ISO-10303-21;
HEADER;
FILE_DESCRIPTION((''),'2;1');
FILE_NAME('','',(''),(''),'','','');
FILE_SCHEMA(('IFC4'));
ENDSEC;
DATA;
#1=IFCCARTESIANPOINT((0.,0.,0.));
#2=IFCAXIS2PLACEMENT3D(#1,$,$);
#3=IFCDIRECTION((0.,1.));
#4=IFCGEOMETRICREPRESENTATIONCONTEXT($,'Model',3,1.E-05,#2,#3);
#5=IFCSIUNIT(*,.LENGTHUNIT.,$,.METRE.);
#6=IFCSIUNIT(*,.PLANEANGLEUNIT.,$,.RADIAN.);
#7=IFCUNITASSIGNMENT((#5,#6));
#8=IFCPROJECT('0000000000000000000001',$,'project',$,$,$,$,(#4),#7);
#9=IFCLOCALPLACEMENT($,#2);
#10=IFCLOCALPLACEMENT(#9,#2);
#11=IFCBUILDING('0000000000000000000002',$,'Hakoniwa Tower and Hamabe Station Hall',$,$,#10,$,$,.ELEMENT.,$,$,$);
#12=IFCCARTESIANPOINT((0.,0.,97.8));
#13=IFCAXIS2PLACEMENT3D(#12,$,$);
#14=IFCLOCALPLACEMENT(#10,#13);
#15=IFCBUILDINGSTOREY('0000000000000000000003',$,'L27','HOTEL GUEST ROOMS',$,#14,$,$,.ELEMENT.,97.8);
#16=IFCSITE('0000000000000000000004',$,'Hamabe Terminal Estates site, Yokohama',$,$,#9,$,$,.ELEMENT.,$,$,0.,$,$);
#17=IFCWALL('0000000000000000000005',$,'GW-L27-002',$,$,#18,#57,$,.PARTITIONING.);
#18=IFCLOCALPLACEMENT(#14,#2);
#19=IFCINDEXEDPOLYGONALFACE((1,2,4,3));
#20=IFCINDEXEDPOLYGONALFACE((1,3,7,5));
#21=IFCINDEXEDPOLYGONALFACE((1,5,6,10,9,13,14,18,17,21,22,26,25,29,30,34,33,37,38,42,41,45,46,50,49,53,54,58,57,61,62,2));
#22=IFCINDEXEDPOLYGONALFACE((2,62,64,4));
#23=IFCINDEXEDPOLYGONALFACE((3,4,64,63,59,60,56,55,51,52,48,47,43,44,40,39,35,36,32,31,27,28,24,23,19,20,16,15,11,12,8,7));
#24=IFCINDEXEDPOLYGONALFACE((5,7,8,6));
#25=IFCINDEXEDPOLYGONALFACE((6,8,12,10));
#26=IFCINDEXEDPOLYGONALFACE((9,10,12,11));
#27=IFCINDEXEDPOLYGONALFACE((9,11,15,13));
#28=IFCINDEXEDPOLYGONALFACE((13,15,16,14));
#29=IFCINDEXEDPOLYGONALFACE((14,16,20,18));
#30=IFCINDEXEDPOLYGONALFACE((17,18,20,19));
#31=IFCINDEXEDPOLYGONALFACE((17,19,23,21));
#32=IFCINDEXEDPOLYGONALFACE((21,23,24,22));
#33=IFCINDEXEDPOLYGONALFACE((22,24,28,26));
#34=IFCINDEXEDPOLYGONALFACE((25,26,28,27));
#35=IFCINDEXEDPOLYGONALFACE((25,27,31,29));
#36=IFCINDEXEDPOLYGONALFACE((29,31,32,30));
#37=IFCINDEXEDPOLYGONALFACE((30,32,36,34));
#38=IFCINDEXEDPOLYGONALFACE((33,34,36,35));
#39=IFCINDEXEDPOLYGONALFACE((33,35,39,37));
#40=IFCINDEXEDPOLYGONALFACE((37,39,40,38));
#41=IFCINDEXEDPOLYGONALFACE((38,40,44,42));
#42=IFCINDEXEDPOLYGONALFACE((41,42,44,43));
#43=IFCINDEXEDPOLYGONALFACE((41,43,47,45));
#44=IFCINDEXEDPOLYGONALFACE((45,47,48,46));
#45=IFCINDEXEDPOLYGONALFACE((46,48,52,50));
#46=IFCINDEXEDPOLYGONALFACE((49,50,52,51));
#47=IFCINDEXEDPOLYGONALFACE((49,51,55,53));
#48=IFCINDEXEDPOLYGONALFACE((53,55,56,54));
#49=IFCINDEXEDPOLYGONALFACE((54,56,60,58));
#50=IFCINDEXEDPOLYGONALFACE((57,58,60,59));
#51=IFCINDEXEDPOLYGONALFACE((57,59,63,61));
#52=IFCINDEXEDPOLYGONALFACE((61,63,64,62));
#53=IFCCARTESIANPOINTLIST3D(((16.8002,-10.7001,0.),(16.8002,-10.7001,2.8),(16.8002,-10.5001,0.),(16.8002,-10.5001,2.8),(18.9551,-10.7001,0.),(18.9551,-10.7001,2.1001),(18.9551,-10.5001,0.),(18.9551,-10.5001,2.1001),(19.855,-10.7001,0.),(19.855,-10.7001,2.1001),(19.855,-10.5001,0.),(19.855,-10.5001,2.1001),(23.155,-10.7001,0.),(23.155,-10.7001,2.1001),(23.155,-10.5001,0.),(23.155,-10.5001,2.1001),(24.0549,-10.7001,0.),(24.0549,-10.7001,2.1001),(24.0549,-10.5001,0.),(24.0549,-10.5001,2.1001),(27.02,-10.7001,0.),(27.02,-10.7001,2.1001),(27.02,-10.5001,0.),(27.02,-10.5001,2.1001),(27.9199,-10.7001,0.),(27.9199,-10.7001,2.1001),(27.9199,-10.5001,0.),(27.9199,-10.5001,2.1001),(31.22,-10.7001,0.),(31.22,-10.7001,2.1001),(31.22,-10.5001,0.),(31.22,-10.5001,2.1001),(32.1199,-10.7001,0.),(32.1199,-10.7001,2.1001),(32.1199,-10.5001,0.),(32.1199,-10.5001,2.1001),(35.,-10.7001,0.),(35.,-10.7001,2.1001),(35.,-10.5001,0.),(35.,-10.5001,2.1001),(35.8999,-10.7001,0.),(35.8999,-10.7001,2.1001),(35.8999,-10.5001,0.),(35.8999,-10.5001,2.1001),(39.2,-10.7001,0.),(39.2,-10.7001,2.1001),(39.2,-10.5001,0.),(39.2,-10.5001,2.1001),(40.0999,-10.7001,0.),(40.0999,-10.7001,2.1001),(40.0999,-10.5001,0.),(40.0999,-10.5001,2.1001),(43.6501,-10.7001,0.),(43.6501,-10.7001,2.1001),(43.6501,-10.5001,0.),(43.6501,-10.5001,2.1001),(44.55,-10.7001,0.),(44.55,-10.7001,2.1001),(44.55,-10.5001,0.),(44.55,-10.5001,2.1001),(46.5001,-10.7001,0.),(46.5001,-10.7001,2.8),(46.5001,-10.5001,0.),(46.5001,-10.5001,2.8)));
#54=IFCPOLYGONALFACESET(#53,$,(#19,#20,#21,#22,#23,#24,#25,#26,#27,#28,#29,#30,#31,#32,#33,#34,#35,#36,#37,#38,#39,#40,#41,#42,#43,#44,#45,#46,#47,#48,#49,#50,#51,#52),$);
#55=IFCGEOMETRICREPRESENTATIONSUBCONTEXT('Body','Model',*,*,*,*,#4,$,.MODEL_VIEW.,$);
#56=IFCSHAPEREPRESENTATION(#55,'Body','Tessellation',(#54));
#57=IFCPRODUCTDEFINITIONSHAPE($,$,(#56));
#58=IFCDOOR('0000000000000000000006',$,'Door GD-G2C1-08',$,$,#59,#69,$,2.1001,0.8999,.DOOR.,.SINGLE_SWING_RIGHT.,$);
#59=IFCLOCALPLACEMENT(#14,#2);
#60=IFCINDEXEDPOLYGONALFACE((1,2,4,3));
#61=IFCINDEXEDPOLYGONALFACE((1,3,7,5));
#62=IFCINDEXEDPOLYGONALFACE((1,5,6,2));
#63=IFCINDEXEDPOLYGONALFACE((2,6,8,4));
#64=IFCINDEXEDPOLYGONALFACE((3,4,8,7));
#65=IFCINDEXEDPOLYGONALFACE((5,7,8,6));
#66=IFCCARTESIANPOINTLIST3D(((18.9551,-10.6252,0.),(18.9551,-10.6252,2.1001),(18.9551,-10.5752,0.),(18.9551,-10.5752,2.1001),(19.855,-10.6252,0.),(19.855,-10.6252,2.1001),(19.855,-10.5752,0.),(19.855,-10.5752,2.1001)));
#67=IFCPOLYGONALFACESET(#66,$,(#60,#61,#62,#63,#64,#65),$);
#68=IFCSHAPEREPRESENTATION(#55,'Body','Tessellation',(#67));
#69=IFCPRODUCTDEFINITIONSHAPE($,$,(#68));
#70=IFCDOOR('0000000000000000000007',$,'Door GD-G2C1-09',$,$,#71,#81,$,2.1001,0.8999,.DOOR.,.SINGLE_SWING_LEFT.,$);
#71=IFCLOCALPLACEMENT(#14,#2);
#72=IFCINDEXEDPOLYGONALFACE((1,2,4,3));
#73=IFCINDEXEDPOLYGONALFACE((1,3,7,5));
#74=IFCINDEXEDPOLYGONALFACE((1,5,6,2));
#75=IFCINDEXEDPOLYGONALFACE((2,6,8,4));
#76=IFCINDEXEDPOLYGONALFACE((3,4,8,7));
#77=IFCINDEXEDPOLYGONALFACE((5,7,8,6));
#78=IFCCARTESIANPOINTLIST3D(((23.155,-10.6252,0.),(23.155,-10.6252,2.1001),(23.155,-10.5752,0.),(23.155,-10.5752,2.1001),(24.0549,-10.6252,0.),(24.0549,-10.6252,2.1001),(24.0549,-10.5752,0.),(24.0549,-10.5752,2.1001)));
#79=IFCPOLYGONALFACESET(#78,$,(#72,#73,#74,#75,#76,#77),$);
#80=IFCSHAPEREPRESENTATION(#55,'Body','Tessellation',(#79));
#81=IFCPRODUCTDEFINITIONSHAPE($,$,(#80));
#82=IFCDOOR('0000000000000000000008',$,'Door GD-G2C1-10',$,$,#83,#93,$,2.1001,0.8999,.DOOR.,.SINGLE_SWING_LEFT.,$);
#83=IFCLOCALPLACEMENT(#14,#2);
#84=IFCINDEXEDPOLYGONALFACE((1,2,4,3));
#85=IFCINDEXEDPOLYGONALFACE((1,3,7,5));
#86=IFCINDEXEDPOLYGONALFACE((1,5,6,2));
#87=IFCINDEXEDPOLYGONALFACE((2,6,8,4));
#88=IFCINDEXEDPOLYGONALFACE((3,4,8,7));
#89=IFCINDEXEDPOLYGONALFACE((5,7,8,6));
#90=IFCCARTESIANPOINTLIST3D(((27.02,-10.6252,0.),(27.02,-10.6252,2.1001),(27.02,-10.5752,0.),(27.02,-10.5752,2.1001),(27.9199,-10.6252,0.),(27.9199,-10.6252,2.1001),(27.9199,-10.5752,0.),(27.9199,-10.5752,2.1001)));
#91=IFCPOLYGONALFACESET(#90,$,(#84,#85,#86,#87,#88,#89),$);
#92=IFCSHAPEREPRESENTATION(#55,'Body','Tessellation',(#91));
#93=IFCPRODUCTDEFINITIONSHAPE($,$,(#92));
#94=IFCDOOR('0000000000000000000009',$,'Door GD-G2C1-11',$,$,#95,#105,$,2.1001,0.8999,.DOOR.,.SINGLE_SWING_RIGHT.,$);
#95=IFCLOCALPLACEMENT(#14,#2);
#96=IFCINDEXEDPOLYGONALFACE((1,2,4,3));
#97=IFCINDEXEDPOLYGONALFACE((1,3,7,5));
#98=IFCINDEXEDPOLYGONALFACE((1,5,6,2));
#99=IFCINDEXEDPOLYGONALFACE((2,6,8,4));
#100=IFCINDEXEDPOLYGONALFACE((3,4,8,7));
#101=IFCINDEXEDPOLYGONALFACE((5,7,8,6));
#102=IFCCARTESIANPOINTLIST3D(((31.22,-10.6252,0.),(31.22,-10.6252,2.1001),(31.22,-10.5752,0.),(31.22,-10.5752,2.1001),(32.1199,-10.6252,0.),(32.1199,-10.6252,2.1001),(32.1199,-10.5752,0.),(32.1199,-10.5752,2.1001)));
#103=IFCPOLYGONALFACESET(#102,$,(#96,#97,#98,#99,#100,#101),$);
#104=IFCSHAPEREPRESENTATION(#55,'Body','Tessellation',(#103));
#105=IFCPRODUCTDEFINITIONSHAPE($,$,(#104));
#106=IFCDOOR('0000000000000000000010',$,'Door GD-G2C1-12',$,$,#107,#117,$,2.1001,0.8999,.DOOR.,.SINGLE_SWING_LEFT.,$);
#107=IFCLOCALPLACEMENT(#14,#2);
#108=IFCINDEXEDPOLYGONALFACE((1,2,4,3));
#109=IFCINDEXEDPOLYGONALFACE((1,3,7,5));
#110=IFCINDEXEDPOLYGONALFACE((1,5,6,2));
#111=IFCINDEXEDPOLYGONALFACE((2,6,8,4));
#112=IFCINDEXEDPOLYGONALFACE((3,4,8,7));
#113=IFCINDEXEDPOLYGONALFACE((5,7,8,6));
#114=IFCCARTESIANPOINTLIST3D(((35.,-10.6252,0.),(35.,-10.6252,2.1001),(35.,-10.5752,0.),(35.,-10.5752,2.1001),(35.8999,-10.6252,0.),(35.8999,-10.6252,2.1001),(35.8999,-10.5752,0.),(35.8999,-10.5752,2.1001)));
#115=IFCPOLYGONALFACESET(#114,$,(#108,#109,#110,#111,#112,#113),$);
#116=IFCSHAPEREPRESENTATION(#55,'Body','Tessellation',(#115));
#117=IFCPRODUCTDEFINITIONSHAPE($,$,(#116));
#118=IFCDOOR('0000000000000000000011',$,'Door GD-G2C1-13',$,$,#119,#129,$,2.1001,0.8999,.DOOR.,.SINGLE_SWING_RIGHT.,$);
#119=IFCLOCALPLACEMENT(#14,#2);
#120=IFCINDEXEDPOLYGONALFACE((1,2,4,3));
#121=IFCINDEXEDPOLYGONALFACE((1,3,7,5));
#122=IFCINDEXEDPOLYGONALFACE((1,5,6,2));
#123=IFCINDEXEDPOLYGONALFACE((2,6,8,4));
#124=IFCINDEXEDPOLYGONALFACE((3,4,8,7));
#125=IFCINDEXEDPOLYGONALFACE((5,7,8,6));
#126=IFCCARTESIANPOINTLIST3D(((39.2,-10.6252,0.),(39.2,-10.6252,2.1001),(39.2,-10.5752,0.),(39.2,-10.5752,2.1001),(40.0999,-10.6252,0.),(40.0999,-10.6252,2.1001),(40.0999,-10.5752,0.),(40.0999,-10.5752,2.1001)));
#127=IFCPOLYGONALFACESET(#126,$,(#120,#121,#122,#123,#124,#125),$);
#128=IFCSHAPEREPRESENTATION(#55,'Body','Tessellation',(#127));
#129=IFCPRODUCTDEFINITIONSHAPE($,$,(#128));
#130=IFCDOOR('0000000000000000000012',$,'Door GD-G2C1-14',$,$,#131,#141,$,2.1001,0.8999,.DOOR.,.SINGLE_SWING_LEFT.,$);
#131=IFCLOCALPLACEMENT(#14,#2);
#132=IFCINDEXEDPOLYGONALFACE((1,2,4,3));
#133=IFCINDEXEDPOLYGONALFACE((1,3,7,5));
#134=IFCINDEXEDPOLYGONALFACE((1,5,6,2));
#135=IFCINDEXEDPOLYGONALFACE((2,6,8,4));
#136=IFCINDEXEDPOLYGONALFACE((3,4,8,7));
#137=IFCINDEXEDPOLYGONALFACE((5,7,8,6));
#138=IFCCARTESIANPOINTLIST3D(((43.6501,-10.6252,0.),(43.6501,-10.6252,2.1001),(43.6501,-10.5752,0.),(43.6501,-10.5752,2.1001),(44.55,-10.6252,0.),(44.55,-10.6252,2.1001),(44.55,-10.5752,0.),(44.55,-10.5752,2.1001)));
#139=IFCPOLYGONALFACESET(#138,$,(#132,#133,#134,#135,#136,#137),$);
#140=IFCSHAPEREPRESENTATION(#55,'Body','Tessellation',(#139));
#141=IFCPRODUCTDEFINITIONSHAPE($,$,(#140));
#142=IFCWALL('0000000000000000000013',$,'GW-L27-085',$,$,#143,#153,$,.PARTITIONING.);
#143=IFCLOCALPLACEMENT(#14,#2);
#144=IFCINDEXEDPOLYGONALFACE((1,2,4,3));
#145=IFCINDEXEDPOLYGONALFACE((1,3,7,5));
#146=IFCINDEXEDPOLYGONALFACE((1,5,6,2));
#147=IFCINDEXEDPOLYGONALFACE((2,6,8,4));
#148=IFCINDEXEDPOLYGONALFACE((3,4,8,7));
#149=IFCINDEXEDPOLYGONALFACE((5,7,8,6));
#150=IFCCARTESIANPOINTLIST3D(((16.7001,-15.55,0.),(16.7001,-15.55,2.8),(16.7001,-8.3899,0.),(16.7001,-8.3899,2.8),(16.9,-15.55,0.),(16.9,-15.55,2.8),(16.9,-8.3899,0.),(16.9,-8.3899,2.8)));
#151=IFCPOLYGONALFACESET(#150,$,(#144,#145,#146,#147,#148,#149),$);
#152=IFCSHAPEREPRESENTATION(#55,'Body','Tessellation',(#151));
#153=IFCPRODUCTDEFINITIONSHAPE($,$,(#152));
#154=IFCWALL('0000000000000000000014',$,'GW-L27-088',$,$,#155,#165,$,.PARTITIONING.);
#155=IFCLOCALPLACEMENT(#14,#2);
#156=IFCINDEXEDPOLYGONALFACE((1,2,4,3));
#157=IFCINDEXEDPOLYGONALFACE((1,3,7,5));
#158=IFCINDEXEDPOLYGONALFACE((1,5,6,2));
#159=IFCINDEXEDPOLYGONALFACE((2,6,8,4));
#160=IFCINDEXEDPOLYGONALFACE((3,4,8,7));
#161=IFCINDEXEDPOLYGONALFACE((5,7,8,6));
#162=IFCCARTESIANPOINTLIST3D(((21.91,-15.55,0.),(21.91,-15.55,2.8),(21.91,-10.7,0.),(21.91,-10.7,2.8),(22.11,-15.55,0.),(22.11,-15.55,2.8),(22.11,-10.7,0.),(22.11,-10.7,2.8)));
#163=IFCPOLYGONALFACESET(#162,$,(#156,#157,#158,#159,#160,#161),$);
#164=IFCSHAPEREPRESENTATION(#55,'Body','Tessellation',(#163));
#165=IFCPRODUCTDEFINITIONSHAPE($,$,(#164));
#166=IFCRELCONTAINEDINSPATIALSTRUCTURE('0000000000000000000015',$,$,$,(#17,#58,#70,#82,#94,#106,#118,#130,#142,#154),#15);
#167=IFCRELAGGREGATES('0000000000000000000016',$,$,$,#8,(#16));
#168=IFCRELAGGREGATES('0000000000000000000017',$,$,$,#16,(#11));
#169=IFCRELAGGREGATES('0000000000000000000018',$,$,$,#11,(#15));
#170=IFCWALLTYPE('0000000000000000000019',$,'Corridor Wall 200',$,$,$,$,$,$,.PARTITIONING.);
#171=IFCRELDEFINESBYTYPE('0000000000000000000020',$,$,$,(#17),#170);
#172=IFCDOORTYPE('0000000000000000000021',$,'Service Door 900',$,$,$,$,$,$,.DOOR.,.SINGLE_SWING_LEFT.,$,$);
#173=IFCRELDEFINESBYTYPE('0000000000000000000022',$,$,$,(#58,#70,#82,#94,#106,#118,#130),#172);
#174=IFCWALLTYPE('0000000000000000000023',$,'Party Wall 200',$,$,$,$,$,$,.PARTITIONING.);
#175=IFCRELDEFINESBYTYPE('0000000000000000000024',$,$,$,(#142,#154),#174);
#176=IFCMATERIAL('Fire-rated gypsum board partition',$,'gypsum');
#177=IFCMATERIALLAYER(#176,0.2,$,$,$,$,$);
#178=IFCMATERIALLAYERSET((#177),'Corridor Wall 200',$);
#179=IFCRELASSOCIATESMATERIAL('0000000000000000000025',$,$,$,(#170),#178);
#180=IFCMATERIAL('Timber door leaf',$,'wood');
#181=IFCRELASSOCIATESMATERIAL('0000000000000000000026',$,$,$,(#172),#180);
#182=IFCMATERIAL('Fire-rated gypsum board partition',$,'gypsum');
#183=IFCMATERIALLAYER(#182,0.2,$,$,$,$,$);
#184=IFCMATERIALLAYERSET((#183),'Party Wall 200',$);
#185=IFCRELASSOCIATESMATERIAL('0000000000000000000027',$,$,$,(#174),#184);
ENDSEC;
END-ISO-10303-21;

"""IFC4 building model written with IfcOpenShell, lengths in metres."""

from ifc_helpers import new_model, si_unit, direction, frame, frame_2d, origin, place, context, subcontext, project, spatial, rectangle, extrude, material, layer, layer_set, type_object, element, fill, save


model = new_model("IFC4")

# Units and contexts
model_context = context("Model", 3, precision=1e-05, world=origin(), true_north=direction((0.0, 1.0)))
body_context = subcontext(model_context, "Body", "Model", "MODEL_VIEW")
ifc_project = project(units=[si_unit("LENGTHUNIT", "METRE"), si_unit("PLANEANGLEUNIT", "RADIAN")], contexts=[model_context])

# Site, building, storey
site_placement = place(None, origin())
site = spatial("IfcSite", under=ifc_project, at=site_placement, Name="Hamabe Terminal Estates site, Yokohama", CompositionType="ELEMENT", RefElevation=0.0)
building_placement = place(site_placement, origin())
building = spatial("IfcBuilding", under=site, at=building_placement, Name="Hakoniwa Tower and Hamabe Station Hall", CompositionType="ELEMENT")
storey_placement = place(building_placement, frame((0.0, 0.0, 97.8)))
storey = spatial("IfcBuildingStorey", under=building, at=storey_placement, Name="L27", Description="HOTEL GUEST ROOMS", CompositionType="ELEMENT", Elevation=97.8)

# Wall, openings, doors
ifc_material_1 = material(Name="Fire-rated gypsum board partition", Category="gypsum")
ifc_layer_1 = layer(ifc_material_1, 0.2)
ifc_layer_set_1 = layer_set([ifc_layer_1], Name="Corridor Wall 200")
wall_type_1 = type_object("IfcWallType", Name="Corridor Wall 200", PredefinedType="PARTITIONING", material=ifc_layer_set_1)
wall_1_placement = place(storey_placement, frame((16.8, -10.6001, 0.0), z_axis=(0.0, 0.0, 1.0), x_axis=(1.0, 0.0, 0.0)))
wall_1 = element("IfcWall", 1, at=wall_1_placement, inside=storey, type_object=wall_type_1, Name="GW-L27-002", PredefinedType="PARTITIONING", context=body_context, shape_type="SweptSolid", body=[
    extrude(rectangle(XDim=29.7, YDim=0.2, at=frame_2d((14.8501, 0.0))), origin(), (0.0, 0.0, 1.0), 2.8),
])
opening_1_placement = place(wall_1_placement, frame((2.155, 0.0, 0.0)))
opening_1 = element("IfcOpeningElement", 2, at=opening_1_placement, cuts=wall_1, PredefinedType="OPENING", context=body_context, shape_type="SweptSolid", body=[
    extrude(rectangle(XDim=0.8999, YDim=2.1001, at=frame_2d((0.45, 1.05))), frame((0.0, 0.1099, 0.0), z_axis=(0.0, -1.0, 0.0), x_axis=(1.0, 0.0, 0.0)), (0.0, 0.0, 1.0), 0.22),
])
opening_2_placement = place(wall_1_placement, frame((6.355, 0.0, 0.0)))
opening_2 = element("IfcOpeningElement", 3, at=opening_2_placement, cuts=wall_1, PredefinedType="OPENING", context=body_context, shape_type="SweptSolid", body=[
    extrude(rectangle(XDim=0.8999, YDim=2.1001, at=frame_2d((0.45, 1.05))), frame((0.0, 0.1099, 0.0), z_axis=(0.0, -1.0, 0.0), x_axis=(1.0, 0.0, 0.0)), (0.0, 0.0, 1.0), 0.22),
])
opening_3_placement = place(wall_1_placement, frame((10.22, 0.0, 0.0)))
opening_3 = element("IfcOpeningElement", 4, at=opening_3_placement, cuts=wall_1, PredefinedType="OPENING", context=body_context, shape_type="SweptSolid", body=[
    extrude(rectangle(XDim=0.8999, YDim=2.1001, at=frame_2d((0.45, 1.05))), frame((0.0, 0.1099, 0.0), z_axis=(0.0, -1.0, 0.0), x_axis=(1.0, 0.0, 0.0)), (0.0, 0.0, 1.0), 0.22),
])
opening_4_placement = place(wall_1_placement, frame((14.4199, 0.0, 0.0)))
opening_4 = element("IfcOpeningElement", 5, at=opening_4_placement, cuts=wall_1, PredefinedType="OPENING", context=body_context, shape_type="SweptSolid", body=[
    extrude(rectangle(XDim=0.8999, YDim=2.1001, at=frame_2d((0.45, 1.05))), frame((0.0, 0.1099, 0.0), z_axis=(0.0, -1.0, 0.0), x_axis=(1.0, 0.0, 0.0)), (0.0, 0.0, 1.0), 0.22),
])
opening_5_placement = place(wall_1_placement, frame((18.2, 0.0, 0.0)))
opening_5 = element("IfcOpeningElement", 6, at=opening_5_placement, cuts=wall_1, PredefinedType="OPENING", context=body_context, shape_type="SweptSolid", body=[
    extrude(rectangle(XDim=0.8999, YDim=2.1001, at=frame_2d((0.45, 1.05))), frame((0.0, 0.1099, 0.0), z_axis=(0.0, -1.0, 0.0), x_axis=(1.0, 0.0, 0.0)), (0.0, 0.0, 1.0), 0.22),
])
opening_6_placement = place(wall_1_placement, frame((22.3999, 0.0, 0.0)))
opening_6 = element("IfcOpeningElement", 7, at=opening_6_placement, cuts=wall_1, PredefinedType="OPENING", context=body_context, shape_type="SweptSolid", body=[
    extrude(rectangle(XDim=0.8999, YDim=2.1001, at=frame_2d((0.45, 1.05))), frame((0.0, 0.1099, 0.0), z_axis=(0.0, -1.0, 0.0), x_axis=(1.0, 0.0, 0.0)), (0.0, 0.0, 1.0), 0.22),
])
opening_7_placement = place(wall_1_placement, frame((26.8501, 0.0, 0.0)))
opening_7 = element("IfcOpeningElement", 8, at=opening_7_placement, cuts=wall_1, PredefinedType="OPENING", context=body_context, shape_type="SweptSolid", body=[
    extrude(rectangle(XDim=0.8999, YDim=2.1001, at=frame_2d((0.45, 1.05))), frame((0.0, 0.1099, 0.0), z_axis=(0.0, -1.0, 0.0), x_axis=(1.0, 0.0, 0.0)), (0.0, 0.0, 1.0), 0.22),
])
ifc_material_2 = material(Name="Timber door leaf", Category="wood")
door_type_1 = type_object("IfcDoorType", Name="Service Door 900", OperationType="SINGLE_SWING_LEFT", PredefinedType="DOOR", material=ifc_material_2)
door_1_placement = place(opening_1_placement, origin())
door_1 = element("IfcDoor", 9, at=door_1_placement, inside=storey, type_object=door_type_1, Name="Door GD-G2C1-08", OperationType="SINGLE_SWING_RIGHT", OverallHeight=2.1001, OverallWidth=0.8999, PredefinedType="DOOR", context=body_context, shape_type="SweptSolid", body=[
    extrude(rectangle(XDim=0.8999, YDim=2.1001, at=frame_2d((0.45, 1.05))), frame((0.0, 0.0249, 0.0), z_axis=(0.0, -1.0, 0.0), x_axis=(1.0, 0.0, 0.0)), (0.0, 0.0, 1.0), 0.05),
])
fill(opening_1, door_1)
door_2_placement = place(opening_2_placement, origin())
door_2 = element("IfcDoor", 10, at=door_2_placement, inside=storey, type_object=door_type_1, Name="Door GD-G2C1-09", OperationType="SINGLE_SWING_LEFT", OverallHeight=2.1001, OverallWidth=0.8999, PredefinedType="DOOR", context=body_context, shape_type="SweptSolid", body=[
    extrude(rectangle(XDim=0.8999, YDim=2.1001, at=frame_2d((0.45, 1.05))), frame((0.0, 0.0249, 0.0), z_axis=(0.0, -1.0, 0.0), x_axis=(1.0, 0.0, 0.0)), (0.0, 0.0, 1.0), 0.05),
])
fill(opening_2, door_2)
door_3_placement = place(opening_3_placement, origin())
door_3 = element("IfcDoor", 11, at=door_3_placement, inside=storey, type_object=door_type_1, Name="Door GD-G2C1-10", OperationType="SINGLE_SWING_LEFT", OverallHeight=2.1001, OverallWidth=0.8999, PredefinedType="DOOR", context=body_context, shape_type="SweptSolid", body=[
    extrude(rectangle(XDim=0.8999, YDim=2.1001, at=frame_2d((0.45, 1.05))), frame((0.0, 0.0249, 0.0), z_axis=(0.0, -1.0, 0.0), x_axis=(1.0, 0.0, 0.0)), (0.0, 0.0, 1.0), 0.05),
])
fill(opening_3, door_3)
door_4_placement = place(opening_4_placement, origin())
door_4 = element("IfcDoor", 12, at=door_4_placement, inside=storey, type_object=door_type_1, Name="Door GD-G2C1-11", OperationType="SINGLE_SWING_RIGHT", OverallHeight=2.1001, OverallWidth=0.8999, PredefinedType="DOOR", context=body_context, shape_type="SweptSolid", body=[
    extrude(rectangle(XDim=0.8999, YDim=2.1001, at=frame_2d((0.45, 1.05))), frame((0.0, 0.0249, 0.0), z_axis=(0.0, -1.0, 0.0), x_axis=(1.0, 0.0, 0.0)), (0.0, 0.0, 1.0), 0.05),
])
fill(opening_4, door_4)
door_5_placement = place(opening_5_placement, origin())
door_5 = element("IfcDoor", 13, at=door_5_placement, inside=storey, type_object=door_type_1, Name="Door GD-G2C1-12", OperationType="SINGLE_SWING_LEFT", OverallHeight=2.1001, OverallWidth=0.8999, PredefinedType="DOOR", context=body_context, shape_type="SweptSolid", body=[
    extrude(rectangle(XDim=0.8999, YDim=2.1001, at=frame_2d((0.45, 1.05))), frame((0.0, 0.0249, 0.0), z_axis=(0.0, -1.0, 0.0), x_axis=(1.0, 0.0, 0.0)), (0.0, 0.0, 1.0), 0.05),
])
fill(opening_5, door_5)
door_6_placement = place(opening_6_placement, origin())
door_6 = element("IfcDoor", 14, at=door_6_placement, inside=storey, type_object=door_type_1, Name="Door GD-G2C1-13", OperationType="SINGLE_SWING_RIGHT", OverallHeight=2.1001, OverallWidth=0.8999, PredefinedType="DOOR", context=body_context, shape_type="SweptSolid", body=[
    extrude(rectangle(XDim=0.8999, YDim=2.1001, at=frame_2d((0.45, 1.05))), frame((0.0, 0.0249, 0.0), z_axis=(0.0, -1.0, 0.0), x_axis=(1.0, 0.0, 0.0)), (0.0, 0.0, 1.0), 0.05),
])
fill(opening_6, door_6)
door_7_placement = place(opening_7_placement, origin())
door_7 = element("IfcDoor", 15, at=door_7_placement, inside=storey, type_object=door_type_1, Name="Door GD-G2C1-14", OperationType="SINGLE_SWING_LEFT", OverallHeight=2.1001, OverallWidth=0.8999, PredefinedType="DOOR", context=body_context, shape_type="SweptSolid", body=[
    extrude(rectangle(XDim=0.8999, YDim=2.1001, at=frame_2d((0.45, 1.05))), frame((0.0, 0.0249, 0.0), z_axis=(0.0, -1.0, 0.0), x_axis=(1.0, 0.0, 0.0)), (0.0, 0.0, 1.0), 0.05),
])
fill(opening_7, door_7)

# Walls
ifc_material_3 = material(Name="Fire-rated gypsum board partition", Category="gypsum")
ifc_layer_2 = layer(ifc_material_3, 0.2)
ifc_layer_set_2 = layer_set([ifc_layer_2], Name="Party Wall 200")
wall_type_2 = type_object("IfcWallType", Name="Party Wall 200", PredefinedType="PARTITIONING", material=ifc_layer_set_2)
wall_2_placement = place(storey_placement, frame((16.8, -15.55, 0.0), z_axis=(0.0, 0.0, 1.0), x_axis=(0.0, 1.0, 0.0)))
element("IfcWall", 16, at=wall_2_placement, inside=storey, type_object=wall_type_2, Name="GW-L27-085", PredefinedType="PARTITIONING", context=body_context, shape_type="SweptSolid", body=[
    extrude(rectangle(XDim=7.1602, YDim=0.2, at=frame_2d((3.5801, 0.0))), origin(), (0.0, 0.0, 1.0), 2.8),
])
wall_3_placement = place(storey_placement, frame((22.01, -15.55, 0.0), z_axis=(0.0, 0.0, 1.0), x_axis=(0.0, 1.0, 0.0)))
element("IfcWall", 17, at=wall_3_placement, inside=storey, type_object=wall_type_2, Name="GW-L27-088", PredefinedType="PARTITIONING", context=body_context, shape_type="SweptSolid", body=[
    extrude(rectangle(XDim=4.8501, YDim=0.2, at=frame_2d((2.425, 0.0))), origin(), (0.0, 0.0, 1.0), 2.8),
])

save(model, "model.ifc")
